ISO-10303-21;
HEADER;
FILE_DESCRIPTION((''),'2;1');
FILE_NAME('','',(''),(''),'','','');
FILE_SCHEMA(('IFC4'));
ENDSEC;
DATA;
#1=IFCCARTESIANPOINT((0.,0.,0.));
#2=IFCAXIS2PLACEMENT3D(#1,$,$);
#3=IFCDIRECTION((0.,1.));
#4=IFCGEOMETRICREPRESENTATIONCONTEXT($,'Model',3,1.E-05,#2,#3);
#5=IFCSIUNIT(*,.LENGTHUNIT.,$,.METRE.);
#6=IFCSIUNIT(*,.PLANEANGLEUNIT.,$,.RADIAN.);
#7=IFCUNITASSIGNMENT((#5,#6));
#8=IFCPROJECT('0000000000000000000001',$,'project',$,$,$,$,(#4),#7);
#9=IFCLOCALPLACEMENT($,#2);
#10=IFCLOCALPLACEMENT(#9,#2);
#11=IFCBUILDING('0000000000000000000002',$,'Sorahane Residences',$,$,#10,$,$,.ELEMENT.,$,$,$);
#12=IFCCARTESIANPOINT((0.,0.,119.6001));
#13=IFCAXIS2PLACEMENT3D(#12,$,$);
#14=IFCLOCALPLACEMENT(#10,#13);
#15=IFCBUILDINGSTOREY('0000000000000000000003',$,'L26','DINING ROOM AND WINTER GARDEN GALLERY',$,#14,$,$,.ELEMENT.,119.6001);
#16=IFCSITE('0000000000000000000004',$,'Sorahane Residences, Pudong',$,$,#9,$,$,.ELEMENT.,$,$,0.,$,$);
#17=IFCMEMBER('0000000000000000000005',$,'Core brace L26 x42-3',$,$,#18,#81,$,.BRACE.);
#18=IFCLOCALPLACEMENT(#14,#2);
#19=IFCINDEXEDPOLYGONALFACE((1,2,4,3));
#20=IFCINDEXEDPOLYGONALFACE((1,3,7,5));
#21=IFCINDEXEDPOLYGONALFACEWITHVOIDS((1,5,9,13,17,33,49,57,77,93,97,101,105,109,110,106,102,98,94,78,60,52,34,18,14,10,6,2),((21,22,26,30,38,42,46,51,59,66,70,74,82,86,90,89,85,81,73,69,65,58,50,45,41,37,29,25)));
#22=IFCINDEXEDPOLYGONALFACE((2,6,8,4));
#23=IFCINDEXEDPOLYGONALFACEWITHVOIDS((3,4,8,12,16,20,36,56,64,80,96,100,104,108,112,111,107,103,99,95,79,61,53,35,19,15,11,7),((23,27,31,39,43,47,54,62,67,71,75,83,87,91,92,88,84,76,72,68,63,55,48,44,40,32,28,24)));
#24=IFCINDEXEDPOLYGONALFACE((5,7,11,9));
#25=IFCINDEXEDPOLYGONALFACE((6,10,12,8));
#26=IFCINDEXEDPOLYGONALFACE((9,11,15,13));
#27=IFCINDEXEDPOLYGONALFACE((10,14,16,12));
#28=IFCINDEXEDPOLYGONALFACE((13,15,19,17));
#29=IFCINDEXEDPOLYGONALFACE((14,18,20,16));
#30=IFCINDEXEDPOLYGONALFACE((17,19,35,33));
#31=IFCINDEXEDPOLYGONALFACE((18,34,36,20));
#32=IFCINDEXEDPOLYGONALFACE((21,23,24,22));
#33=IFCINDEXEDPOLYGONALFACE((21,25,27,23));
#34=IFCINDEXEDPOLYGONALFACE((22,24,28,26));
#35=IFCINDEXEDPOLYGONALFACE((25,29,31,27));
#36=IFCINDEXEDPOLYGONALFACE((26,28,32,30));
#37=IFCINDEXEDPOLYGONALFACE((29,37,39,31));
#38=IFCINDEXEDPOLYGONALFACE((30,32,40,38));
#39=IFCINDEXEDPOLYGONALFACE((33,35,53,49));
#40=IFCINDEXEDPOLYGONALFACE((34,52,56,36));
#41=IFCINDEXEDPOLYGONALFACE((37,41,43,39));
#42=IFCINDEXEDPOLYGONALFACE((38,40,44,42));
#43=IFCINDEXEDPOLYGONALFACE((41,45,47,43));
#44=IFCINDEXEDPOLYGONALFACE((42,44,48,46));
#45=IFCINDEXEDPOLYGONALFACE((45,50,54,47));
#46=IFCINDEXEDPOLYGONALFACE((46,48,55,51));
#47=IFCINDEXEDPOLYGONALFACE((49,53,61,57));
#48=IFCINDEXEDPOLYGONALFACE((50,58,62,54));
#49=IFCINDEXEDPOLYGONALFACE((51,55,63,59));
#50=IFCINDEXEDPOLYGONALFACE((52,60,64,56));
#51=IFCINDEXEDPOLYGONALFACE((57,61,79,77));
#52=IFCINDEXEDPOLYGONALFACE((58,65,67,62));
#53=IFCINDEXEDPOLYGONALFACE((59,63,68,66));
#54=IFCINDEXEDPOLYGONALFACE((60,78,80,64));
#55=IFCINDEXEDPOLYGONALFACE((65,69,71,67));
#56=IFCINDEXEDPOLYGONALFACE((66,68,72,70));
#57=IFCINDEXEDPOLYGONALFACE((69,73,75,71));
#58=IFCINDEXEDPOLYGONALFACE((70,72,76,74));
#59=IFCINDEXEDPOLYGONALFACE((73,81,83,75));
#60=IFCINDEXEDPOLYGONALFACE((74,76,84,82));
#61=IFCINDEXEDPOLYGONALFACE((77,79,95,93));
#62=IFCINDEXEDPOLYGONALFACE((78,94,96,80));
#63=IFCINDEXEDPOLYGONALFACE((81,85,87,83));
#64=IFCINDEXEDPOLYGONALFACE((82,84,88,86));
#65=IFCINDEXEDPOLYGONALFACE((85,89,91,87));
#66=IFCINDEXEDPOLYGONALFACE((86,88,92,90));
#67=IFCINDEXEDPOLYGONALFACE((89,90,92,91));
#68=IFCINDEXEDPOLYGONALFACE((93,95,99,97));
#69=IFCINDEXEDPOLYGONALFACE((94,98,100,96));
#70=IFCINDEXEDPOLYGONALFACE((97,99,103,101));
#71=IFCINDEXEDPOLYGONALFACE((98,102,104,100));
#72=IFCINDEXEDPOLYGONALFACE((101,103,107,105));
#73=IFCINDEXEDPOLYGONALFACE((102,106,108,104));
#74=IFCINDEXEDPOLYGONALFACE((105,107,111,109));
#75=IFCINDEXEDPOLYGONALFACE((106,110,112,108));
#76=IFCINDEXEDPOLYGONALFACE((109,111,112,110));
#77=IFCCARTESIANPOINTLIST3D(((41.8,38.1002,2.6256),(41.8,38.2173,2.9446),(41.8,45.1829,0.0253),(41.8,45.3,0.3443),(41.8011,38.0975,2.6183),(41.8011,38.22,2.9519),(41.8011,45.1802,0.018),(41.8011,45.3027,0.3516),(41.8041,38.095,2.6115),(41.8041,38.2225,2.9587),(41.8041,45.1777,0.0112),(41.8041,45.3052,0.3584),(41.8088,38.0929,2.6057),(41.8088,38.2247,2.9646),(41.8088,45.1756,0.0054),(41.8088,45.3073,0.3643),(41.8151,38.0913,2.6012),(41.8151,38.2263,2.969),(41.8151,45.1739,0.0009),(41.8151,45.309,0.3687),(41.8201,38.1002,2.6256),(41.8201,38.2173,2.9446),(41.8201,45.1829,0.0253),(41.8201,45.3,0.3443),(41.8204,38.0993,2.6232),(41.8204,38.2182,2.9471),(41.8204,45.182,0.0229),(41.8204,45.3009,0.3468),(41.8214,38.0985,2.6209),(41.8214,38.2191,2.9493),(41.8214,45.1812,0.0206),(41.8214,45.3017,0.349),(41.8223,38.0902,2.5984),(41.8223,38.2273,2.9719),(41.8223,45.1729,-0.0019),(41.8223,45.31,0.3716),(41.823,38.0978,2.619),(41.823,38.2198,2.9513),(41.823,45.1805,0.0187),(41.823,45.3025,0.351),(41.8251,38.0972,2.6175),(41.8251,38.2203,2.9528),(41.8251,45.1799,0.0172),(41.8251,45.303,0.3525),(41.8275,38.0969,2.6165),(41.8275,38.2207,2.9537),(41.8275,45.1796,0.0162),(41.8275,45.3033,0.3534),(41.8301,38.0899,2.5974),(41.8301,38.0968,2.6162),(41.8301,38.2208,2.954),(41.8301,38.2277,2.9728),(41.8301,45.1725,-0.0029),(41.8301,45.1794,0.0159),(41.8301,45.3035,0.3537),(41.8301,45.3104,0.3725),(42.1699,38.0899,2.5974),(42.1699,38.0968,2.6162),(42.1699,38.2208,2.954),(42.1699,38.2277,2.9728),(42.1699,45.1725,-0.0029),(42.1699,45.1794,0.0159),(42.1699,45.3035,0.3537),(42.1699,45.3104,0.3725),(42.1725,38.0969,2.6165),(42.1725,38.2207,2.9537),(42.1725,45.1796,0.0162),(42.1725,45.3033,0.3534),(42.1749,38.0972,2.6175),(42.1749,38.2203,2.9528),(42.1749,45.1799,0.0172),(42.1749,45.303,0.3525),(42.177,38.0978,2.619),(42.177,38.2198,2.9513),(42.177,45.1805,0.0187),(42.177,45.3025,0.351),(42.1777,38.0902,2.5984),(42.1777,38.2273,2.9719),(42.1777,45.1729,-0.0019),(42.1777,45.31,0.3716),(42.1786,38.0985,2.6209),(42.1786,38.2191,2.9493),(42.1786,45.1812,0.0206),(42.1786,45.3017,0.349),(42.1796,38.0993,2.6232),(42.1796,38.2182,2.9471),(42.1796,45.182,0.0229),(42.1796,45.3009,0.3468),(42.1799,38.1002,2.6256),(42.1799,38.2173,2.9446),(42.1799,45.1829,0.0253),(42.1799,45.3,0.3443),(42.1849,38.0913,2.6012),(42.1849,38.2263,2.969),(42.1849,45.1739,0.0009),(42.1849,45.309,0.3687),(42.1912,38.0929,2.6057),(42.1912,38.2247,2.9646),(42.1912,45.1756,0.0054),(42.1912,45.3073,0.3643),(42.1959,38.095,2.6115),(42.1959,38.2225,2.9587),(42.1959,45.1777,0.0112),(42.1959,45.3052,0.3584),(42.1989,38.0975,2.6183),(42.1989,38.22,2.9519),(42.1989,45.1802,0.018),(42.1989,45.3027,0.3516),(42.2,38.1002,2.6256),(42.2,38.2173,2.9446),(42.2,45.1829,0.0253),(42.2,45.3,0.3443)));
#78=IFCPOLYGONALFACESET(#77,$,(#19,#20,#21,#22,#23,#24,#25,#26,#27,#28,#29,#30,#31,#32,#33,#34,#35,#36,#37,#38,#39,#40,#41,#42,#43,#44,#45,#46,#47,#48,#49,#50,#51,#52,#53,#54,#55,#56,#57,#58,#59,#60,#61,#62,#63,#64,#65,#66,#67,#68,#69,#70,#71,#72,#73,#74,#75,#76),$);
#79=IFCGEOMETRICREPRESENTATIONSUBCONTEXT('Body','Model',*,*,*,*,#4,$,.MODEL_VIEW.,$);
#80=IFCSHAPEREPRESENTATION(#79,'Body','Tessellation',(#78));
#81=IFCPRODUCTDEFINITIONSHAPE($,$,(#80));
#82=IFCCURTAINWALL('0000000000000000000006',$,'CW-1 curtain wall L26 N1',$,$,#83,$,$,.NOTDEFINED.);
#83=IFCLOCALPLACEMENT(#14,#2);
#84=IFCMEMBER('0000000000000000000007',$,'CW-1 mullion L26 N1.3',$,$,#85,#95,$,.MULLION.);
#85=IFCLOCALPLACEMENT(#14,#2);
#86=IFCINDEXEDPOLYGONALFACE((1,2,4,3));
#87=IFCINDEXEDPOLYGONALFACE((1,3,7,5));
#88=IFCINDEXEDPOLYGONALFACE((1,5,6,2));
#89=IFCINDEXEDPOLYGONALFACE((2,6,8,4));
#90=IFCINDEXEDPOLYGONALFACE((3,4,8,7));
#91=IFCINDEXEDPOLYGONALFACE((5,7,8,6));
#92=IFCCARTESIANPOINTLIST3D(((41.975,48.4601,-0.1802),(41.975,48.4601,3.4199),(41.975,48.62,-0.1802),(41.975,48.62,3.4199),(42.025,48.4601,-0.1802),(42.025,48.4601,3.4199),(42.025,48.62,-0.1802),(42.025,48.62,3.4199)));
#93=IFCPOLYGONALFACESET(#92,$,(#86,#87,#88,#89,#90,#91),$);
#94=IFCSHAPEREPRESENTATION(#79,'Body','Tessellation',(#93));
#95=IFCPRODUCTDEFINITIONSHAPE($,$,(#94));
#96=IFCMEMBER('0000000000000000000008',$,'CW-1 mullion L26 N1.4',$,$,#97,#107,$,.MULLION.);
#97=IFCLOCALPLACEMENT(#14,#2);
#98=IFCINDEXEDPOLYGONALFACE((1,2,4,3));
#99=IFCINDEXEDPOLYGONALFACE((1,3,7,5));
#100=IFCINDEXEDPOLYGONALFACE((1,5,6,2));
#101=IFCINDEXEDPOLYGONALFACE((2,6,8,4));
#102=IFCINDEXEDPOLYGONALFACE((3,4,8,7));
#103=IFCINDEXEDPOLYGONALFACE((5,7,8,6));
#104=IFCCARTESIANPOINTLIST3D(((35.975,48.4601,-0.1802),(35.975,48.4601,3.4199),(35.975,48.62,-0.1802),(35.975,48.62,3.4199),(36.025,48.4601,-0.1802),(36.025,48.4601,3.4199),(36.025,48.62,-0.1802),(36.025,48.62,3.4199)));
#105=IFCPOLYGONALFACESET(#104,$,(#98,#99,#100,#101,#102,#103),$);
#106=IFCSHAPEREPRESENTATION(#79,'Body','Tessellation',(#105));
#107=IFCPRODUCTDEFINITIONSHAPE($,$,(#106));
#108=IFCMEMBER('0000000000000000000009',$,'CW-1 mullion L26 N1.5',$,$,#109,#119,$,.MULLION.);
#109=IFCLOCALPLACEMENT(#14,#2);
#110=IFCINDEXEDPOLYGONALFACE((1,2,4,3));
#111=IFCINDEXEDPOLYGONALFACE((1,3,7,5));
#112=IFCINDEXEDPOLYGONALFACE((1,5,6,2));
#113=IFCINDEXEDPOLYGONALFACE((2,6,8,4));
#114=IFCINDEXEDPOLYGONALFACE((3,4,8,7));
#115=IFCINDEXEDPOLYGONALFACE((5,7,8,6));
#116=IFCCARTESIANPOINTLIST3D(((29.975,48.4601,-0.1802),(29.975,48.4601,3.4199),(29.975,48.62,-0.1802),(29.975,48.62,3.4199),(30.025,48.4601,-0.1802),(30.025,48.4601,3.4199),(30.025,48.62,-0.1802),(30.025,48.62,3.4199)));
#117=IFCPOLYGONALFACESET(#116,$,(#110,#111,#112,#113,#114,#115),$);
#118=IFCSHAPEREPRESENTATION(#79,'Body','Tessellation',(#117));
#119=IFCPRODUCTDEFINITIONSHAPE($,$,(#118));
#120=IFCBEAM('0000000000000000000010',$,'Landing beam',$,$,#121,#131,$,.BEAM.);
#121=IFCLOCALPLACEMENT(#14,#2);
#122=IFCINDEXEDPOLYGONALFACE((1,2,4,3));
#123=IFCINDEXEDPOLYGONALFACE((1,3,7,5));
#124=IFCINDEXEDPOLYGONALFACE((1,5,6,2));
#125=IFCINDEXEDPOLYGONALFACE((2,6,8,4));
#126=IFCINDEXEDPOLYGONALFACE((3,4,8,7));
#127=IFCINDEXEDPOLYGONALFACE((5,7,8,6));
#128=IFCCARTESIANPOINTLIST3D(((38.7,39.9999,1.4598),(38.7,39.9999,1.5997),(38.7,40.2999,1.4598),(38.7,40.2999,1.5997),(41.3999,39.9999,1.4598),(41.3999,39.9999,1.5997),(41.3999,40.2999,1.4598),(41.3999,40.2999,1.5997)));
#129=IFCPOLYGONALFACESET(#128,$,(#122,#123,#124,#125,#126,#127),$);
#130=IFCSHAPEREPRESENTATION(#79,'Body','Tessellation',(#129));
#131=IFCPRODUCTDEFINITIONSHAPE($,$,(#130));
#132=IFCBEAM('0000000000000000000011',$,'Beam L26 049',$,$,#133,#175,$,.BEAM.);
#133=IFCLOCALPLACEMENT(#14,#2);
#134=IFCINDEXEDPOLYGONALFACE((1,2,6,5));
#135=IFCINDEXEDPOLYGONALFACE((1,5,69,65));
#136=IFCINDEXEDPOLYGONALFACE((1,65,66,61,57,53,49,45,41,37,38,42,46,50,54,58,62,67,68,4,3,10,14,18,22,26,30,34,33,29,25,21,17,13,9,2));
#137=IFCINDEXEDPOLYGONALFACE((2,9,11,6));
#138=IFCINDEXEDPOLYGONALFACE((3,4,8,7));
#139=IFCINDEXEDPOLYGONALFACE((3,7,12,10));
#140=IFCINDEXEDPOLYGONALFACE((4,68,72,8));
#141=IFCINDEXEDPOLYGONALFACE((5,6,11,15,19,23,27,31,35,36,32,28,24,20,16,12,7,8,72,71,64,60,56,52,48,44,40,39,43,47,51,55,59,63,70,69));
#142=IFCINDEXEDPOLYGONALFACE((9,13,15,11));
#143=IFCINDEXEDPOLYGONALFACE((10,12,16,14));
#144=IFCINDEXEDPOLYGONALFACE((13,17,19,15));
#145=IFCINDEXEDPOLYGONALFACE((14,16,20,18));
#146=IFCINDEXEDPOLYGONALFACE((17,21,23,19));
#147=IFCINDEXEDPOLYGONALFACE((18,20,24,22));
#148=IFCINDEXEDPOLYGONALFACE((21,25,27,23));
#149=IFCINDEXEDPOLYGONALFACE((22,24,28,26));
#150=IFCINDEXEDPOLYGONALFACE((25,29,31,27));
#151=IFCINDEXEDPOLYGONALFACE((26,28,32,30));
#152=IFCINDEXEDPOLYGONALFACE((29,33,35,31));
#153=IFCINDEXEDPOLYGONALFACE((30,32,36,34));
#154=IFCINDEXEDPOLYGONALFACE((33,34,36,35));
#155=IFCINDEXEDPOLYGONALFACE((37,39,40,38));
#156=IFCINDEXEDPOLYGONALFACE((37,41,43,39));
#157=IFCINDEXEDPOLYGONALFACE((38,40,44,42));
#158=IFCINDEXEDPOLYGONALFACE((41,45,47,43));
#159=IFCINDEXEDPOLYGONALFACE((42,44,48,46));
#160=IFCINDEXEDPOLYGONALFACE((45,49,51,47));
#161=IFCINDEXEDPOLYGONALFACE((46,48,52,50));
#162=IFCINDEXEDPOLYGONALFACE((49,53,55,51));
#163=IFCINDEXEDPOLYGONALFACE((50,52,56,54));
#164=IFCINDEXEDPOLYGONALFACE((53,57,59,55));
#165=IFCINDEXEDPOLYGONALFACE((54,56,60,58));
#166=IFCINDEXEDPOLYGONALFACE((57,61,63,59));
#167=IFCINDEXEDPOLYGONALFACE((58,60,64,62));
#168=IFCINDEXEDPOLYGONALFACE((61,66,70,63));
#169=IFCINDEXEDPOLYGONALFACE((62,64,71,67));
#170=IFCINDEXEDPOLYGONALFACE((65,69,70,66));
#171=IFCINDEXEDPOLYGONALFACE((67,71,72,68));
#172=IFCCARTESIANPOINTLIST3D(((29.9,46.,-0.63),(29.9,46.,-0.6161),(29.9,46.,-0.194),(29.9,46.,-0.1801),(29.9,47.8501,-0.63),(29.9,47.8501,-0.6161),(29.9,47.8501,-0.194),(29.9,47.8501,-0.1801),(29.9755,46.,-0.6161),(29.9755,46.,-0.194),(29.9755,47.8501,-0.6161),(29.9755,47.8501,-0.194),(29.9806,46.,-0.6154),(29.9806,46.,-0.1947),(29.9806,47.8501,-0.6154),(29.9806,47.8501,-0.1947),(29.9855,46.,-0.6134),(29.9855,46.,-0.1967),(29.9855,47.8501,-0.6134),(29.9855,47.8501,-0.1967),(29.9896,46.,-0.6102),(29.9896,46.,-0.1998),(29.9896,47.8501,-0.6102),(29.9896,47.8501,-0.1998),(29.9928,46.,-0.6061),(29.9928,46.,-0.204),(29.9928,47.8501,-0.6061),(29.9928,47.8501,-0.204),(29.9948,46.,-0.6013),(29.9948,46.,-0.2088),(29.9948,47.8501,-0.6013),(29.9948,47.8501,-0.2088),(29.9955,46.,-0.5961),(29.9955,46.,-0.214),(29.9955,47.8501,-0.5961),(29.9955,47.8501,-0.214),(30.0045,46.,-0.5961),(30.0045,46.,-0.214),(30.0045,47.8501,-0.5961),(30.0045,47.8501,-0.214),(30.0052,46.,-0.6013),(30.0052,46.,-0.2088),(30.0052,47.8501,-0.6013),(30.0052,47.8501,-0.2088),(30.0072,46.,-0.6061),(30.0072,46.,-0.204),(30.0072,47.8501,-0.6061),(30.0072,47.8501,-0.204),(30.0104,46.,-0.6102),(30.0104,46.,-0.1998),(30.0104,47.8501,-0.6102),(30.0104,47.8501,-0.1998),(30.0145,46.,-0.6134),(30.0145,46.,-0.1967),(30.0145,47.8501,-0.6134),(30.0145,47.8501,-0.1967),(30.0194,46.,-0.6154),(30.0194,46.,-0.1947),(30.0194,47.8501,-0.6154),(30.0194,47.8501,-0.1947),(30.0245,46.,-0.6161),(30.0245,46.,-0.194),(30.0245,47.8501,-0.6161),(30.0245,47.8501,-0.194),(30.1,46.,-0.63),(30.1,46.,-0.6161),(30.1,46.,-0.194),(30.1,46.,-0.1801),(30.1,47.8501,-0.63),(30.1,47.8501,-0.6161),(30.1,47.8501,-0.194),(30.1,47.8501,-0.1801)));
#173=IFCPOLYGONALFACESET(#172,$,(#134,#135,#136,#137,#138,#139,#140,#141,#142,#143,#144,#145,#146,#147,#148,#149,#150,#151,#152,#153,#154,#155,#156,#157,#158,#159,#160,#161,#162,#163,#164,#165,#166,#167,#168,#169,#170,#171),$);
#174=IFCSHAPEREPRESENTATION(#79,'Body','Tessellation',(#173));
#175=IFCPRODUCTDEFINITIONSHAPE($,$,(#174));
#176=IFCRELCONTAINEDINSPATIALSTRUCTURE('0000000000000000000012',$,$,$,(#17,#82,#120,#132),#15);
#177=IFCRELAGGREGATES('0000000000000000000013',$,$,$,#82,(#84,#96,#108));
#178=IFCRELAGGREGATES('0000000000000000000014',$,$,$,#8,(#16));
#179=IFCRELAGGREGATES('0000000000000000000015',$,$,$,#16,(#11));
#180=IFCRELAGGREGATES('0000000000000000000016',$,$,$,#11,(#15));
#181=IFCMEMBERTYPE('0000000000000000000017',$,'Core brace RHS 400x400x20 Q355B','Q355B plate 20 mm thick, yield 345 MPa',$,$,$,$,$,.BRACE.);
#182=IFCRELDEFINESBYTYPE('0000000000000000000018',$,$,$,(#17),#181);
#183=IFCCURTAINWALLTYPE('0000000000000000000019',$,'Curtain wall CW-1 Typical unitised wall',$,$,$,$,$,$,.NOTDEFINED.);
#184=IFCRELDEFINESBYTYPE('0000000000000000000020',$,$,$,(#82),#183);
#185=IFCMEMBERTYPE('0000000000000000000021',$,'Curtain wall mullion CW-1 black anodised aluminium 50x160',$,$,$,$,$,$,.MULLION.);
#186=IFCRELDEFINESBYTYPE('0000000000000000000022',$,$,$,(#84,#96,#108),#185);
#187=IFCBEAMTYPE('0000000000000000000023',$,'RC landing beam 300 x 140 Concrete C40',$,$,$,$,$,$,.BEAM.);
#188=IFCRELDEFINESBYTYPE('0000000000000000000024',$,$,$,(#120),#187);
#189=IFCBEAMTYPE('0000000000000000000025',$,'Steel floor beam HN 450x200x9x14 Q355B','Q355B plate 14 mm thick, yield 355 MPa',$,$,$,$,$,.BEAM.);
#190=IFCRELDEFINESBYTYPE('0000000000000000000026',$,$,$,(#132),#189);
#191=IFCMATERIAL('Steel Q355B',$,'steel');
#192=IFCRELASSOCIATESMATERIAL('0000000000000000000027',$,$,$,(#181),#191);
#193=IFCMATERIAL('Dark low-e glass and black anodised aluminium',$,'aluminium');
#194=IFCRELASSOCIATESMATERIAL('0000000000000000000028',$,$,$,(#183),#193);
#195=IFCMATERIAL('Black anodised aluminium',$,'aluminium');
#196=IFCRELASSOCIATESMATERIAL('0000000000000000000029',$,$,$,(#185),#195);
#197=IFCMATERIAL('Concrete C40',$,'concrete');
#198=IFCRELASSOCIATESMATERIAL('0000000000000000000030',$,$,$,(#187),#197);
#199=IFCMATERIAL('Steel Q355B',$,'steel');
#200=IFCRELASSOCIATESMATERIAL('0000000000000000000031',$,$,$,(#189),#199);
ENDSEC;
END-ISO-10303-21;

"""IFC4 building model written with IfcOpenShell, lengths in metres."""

from ifc_helpers import new_model, si_unit, direction, frame, origin, origin_2d, place, context, subcontext, project, spatial, rectangle, hollow_rectangle, i_section, extrude, material, material_profile, profile_set, type_object, element, aggregate, save


model = new_model("IFC4")

# Units and contexts
model_context = context("Model", 3, precision=1e-05, world=origin(), true_north=direction((0.0, 1.0)))
body_context = subcontext(model_context, "Body", "Model", "MODEL_VIEW")
ifc_project = project(units=[si_unit("LENGTHUNIT", "METRE"), si_unit("PLANEANGLEUNIT", "RADIAN")], contexts=[model_context])

# Site, building, storey
site_placement = place(None, origin())
site = spatial("IfcSite", under=ifc_project, at=site_placement, Name="Sorahane Residences, Pudong", CompositionType="ELEMENT", RefElevation=0.0)
building_placement = place(site_placement, origin())
building = spatial("IfcBuilding", under=site, at=building_placement, Name="Sorahane Residences", CompositionType="ELEMENT")
storey_placement = place(building_placement, frame((0.0, 0.0, 119.6001)))
storey = spatial("IfcBuildingStorey", under=building, at=storey_placement, Name="L26", Description="DINING ROOM AND WINTER GARDEN GALLERY", CompositionType="ELEMENT", Elevation=119.6001)

# Member
ifc_material_1 = material(Name="Steel Q355B", Category="steel")
ifc_material_profile_1 = material_profile(ifc_material_1, hollow_rectangle(XDim=0.3999, YDim=0.3999, WallThickness=0.02, InnerFilletRadius=0.01, OuterFilletRadius=0.03, at=origin_2d()), Name="RHS 400x400x20")
ifc_profile_set_1 = profile_set([ifc_material_profile_1], Name="Steel Q355B")
member_type_1 = type_object("IfcMemberType", Name="Core brace RHS 400x400x20 Q355B", Description="Q355B plate 20 mm thick, yield 345 MPa", PredefinedType="BRACE", material=ifc_profile_set_1)
member_1_placement = place(storey_placement, frame((42.0, 45.2415, 0.1848), z_axis=(0.0, -0.938734, 0.344643), x_axis=(1.0, 0.0, 0.0)))
element("IfcMember", 1, at=member_1_placement, inside=storey, type_object=member_type_1, Name="Core brace L26 x42-3", PredefinedType="BRACE", context=body_context, shape_type="SweptSolid", body=[
    extrude(hollow_rectangle(XDim=0.3999, YDim=0.3999, WallThickness=0.02, InnerFilletRadius=0.01, OuterFilletRadius=0.03, at=origin_2d()), origin(), (0.0, 0.0, 1.0), 7.5449),
])

# Curtain wall, members
ifc_material_2 = material(Name="Dark low-e glass and black anodised aluminium", Category="aluminium")
curtain_wall_type = type_object("IfcCurtainWallType", Name="Curtain wall CW-1 Typical unitised wall", PredefinedType="NOTDEFINED", material=ifc_material_2)
curtain_wall_placement = place(storey_placement, origin())
curtain_wall = element("IfcCurtainWall", 2, at=curtain_wall_placement, inside=storey, type_object=curtain_wall_type, Name="CW-1 curtain wall L26 N1", PredefinedType="NOTDEFINED")
ifc_material_3 = material(Name="Black anodised aluminium", Category="aluminium")
ifc_material_profile_2 = material_profile(ifc_material_3, rectangle(XDim=0.1599, YDim=0.05, at=origin_2d()), Name="Curtain wall mullion CW-1 black anodised aluminium 50x160")
ifc_profile_set_2 = profile_set([ifc_material_profile_2], Name="Black anodised aluminium")
member_type_2 = type_object("IfcMemberType", Name="Curtain wall mullion CW-1 black anodised aluminium 50x160", PredefinedType="MULLION", material=ifc_profile_set_2)
member_2_placement = place(storey_placement, frame((42.0, 48.54, -0.1802), z_axis=(0.0, 0.0, 1.0), x_axis=(0.0, 1.0, 0.0)))
member_2 = element("IfcMember", 3, at=member_2_placement, type_object=member_type_2, Name="CW-1 mullion L26 N1.3", PredefinedType="MULLION", context=body_context, shape_type="SweptSolid", body=[
    extrude(rectangle(XDim=0.1599, YDim=0.05, at=origin_2d()), origin(), (0.0, 0.0, 1.0), 3.6001),
])
member_3_placement = place(storey_placement, frame((36.0, 48.54, -0.1802), z_axis=(0.0, 0.0, 1.0), x_axis=(0.0, 1.0, 0.0)))
member_3 = element("IfcMember", 4, at=member_3_placement, type_object=member_type_2, Name="CW-1 mullion L26 N1.4", PredefinedType="MULLION", context=body_context, shape_type="SweptSolid", body=[
    extrude(rectangle(XDim=0.1599, YDim=0.05, at=origin_2d()), origin(), (0.0, 0.0, 1.0), 3.6001),
])
member_4_placement = place(storey_placement, frame((30.0, 48.54, -0.1802), z_axis=(0.0, 0.0, 1.0), x_axis=(0.0, 1.0, 0.0)))
member_4 = element("IfcMember", 5, at=member_4_placement, type_object=member_type_2, Name="CW-1 mullion L26 N1.5", PredefinedType="MULLION", context=body_context, shape_type="SweptSolid", body=[
    extrude(rectangle(XDim=0.1599, YDim=0.05, at=origin_2d()), origin(), (0.0, 0.0, 1.0), 3.6001),
])

# Beams
ifc_material_4 = material(Name="Concrete C40", Category="concrete")
ifc_material_profile_3 = material_profile(ifc_material_4, rectangle(XDim=0.3, YDim=0.1399, at=origin_2d()), Name="300x140")
ifc_profile_set_3 = profile_set([ifc_material_profile_3], Name="Concrete C40")
beam_type_1 = type_object("IfcBeamType", Name="RC landing beam 300 x 140 Concrete C40", PredefinedType="BEAM", material=ifc_profile_set_3)
beam_1_placement = place(storey_placement, frame((38.7, 40.1499, 1.5298), z_axis=(1.0, 0.0, 0.0), x_axis=(0.0, 1.0, 0.0)))
element("IfcBeam", 6, at=beam_1_placement, inside=storey, type_object=beam_type_1, Name="Landing beam", PredefinedType="BEAM", context=body_context, shape_type="SweptSolid", body=[
    extrude(rectangle(XDim=0.3, YDim=0.1399, at=origin_2d()), origin(), (0.0, 0.0, 1.0), 2.7),
])
ifc_material_5 = material(Name="Steel Q355B", Category="steel")
ifc_material_profile_4 = material_profile(ifc_material_5, i_section(OverallWidth=0.2, OverallDepth=0.45, WebThickness=0.009, FlangeThickness=0.0139, FilletRadius=0.02, at=origin_2d()), Name="HN 450x200x9x14")
ifc_profile_set_4 = profile_set([ifc_material_profile_4], Name="Steel Q355B")
beam_type_2 = type_object("IfcBeamType", Name="Steel floor beam HN 450x200x9x14 Q355B", Description="Q355B plate 14 mm thick, yield 355 MPa", PredefinedType="BEAM", material=ifc_profile_set_4)
beam_2_placement = place(storey_placement, frame((30.0, 46.0, -0.405), z_axis=(0.0, 1.0, 0.0), x_axis=(-1.0, 0.0, 0.0)))
element("IfcBeam", 7, at=beam_2_placement, inside=storey, type_object=beam_type_2, Name="Beam L26 049", PredefinedType="BEAM", context=body_context, shape_type="SweptSolid", body=[
    extrude(i_section(OverallWidth=0.2, OverallDepth=0.45, WebThickness=0.009, FlangeThickness=0.0139, FilletRadius=0.02, at=origin_2d()), origin(), (0.0, 0.0, 1.0), 1.8501),
])

aggregate(curtain_wall, [member_2, member_3, member_4])

save(model, "model.ifc")
